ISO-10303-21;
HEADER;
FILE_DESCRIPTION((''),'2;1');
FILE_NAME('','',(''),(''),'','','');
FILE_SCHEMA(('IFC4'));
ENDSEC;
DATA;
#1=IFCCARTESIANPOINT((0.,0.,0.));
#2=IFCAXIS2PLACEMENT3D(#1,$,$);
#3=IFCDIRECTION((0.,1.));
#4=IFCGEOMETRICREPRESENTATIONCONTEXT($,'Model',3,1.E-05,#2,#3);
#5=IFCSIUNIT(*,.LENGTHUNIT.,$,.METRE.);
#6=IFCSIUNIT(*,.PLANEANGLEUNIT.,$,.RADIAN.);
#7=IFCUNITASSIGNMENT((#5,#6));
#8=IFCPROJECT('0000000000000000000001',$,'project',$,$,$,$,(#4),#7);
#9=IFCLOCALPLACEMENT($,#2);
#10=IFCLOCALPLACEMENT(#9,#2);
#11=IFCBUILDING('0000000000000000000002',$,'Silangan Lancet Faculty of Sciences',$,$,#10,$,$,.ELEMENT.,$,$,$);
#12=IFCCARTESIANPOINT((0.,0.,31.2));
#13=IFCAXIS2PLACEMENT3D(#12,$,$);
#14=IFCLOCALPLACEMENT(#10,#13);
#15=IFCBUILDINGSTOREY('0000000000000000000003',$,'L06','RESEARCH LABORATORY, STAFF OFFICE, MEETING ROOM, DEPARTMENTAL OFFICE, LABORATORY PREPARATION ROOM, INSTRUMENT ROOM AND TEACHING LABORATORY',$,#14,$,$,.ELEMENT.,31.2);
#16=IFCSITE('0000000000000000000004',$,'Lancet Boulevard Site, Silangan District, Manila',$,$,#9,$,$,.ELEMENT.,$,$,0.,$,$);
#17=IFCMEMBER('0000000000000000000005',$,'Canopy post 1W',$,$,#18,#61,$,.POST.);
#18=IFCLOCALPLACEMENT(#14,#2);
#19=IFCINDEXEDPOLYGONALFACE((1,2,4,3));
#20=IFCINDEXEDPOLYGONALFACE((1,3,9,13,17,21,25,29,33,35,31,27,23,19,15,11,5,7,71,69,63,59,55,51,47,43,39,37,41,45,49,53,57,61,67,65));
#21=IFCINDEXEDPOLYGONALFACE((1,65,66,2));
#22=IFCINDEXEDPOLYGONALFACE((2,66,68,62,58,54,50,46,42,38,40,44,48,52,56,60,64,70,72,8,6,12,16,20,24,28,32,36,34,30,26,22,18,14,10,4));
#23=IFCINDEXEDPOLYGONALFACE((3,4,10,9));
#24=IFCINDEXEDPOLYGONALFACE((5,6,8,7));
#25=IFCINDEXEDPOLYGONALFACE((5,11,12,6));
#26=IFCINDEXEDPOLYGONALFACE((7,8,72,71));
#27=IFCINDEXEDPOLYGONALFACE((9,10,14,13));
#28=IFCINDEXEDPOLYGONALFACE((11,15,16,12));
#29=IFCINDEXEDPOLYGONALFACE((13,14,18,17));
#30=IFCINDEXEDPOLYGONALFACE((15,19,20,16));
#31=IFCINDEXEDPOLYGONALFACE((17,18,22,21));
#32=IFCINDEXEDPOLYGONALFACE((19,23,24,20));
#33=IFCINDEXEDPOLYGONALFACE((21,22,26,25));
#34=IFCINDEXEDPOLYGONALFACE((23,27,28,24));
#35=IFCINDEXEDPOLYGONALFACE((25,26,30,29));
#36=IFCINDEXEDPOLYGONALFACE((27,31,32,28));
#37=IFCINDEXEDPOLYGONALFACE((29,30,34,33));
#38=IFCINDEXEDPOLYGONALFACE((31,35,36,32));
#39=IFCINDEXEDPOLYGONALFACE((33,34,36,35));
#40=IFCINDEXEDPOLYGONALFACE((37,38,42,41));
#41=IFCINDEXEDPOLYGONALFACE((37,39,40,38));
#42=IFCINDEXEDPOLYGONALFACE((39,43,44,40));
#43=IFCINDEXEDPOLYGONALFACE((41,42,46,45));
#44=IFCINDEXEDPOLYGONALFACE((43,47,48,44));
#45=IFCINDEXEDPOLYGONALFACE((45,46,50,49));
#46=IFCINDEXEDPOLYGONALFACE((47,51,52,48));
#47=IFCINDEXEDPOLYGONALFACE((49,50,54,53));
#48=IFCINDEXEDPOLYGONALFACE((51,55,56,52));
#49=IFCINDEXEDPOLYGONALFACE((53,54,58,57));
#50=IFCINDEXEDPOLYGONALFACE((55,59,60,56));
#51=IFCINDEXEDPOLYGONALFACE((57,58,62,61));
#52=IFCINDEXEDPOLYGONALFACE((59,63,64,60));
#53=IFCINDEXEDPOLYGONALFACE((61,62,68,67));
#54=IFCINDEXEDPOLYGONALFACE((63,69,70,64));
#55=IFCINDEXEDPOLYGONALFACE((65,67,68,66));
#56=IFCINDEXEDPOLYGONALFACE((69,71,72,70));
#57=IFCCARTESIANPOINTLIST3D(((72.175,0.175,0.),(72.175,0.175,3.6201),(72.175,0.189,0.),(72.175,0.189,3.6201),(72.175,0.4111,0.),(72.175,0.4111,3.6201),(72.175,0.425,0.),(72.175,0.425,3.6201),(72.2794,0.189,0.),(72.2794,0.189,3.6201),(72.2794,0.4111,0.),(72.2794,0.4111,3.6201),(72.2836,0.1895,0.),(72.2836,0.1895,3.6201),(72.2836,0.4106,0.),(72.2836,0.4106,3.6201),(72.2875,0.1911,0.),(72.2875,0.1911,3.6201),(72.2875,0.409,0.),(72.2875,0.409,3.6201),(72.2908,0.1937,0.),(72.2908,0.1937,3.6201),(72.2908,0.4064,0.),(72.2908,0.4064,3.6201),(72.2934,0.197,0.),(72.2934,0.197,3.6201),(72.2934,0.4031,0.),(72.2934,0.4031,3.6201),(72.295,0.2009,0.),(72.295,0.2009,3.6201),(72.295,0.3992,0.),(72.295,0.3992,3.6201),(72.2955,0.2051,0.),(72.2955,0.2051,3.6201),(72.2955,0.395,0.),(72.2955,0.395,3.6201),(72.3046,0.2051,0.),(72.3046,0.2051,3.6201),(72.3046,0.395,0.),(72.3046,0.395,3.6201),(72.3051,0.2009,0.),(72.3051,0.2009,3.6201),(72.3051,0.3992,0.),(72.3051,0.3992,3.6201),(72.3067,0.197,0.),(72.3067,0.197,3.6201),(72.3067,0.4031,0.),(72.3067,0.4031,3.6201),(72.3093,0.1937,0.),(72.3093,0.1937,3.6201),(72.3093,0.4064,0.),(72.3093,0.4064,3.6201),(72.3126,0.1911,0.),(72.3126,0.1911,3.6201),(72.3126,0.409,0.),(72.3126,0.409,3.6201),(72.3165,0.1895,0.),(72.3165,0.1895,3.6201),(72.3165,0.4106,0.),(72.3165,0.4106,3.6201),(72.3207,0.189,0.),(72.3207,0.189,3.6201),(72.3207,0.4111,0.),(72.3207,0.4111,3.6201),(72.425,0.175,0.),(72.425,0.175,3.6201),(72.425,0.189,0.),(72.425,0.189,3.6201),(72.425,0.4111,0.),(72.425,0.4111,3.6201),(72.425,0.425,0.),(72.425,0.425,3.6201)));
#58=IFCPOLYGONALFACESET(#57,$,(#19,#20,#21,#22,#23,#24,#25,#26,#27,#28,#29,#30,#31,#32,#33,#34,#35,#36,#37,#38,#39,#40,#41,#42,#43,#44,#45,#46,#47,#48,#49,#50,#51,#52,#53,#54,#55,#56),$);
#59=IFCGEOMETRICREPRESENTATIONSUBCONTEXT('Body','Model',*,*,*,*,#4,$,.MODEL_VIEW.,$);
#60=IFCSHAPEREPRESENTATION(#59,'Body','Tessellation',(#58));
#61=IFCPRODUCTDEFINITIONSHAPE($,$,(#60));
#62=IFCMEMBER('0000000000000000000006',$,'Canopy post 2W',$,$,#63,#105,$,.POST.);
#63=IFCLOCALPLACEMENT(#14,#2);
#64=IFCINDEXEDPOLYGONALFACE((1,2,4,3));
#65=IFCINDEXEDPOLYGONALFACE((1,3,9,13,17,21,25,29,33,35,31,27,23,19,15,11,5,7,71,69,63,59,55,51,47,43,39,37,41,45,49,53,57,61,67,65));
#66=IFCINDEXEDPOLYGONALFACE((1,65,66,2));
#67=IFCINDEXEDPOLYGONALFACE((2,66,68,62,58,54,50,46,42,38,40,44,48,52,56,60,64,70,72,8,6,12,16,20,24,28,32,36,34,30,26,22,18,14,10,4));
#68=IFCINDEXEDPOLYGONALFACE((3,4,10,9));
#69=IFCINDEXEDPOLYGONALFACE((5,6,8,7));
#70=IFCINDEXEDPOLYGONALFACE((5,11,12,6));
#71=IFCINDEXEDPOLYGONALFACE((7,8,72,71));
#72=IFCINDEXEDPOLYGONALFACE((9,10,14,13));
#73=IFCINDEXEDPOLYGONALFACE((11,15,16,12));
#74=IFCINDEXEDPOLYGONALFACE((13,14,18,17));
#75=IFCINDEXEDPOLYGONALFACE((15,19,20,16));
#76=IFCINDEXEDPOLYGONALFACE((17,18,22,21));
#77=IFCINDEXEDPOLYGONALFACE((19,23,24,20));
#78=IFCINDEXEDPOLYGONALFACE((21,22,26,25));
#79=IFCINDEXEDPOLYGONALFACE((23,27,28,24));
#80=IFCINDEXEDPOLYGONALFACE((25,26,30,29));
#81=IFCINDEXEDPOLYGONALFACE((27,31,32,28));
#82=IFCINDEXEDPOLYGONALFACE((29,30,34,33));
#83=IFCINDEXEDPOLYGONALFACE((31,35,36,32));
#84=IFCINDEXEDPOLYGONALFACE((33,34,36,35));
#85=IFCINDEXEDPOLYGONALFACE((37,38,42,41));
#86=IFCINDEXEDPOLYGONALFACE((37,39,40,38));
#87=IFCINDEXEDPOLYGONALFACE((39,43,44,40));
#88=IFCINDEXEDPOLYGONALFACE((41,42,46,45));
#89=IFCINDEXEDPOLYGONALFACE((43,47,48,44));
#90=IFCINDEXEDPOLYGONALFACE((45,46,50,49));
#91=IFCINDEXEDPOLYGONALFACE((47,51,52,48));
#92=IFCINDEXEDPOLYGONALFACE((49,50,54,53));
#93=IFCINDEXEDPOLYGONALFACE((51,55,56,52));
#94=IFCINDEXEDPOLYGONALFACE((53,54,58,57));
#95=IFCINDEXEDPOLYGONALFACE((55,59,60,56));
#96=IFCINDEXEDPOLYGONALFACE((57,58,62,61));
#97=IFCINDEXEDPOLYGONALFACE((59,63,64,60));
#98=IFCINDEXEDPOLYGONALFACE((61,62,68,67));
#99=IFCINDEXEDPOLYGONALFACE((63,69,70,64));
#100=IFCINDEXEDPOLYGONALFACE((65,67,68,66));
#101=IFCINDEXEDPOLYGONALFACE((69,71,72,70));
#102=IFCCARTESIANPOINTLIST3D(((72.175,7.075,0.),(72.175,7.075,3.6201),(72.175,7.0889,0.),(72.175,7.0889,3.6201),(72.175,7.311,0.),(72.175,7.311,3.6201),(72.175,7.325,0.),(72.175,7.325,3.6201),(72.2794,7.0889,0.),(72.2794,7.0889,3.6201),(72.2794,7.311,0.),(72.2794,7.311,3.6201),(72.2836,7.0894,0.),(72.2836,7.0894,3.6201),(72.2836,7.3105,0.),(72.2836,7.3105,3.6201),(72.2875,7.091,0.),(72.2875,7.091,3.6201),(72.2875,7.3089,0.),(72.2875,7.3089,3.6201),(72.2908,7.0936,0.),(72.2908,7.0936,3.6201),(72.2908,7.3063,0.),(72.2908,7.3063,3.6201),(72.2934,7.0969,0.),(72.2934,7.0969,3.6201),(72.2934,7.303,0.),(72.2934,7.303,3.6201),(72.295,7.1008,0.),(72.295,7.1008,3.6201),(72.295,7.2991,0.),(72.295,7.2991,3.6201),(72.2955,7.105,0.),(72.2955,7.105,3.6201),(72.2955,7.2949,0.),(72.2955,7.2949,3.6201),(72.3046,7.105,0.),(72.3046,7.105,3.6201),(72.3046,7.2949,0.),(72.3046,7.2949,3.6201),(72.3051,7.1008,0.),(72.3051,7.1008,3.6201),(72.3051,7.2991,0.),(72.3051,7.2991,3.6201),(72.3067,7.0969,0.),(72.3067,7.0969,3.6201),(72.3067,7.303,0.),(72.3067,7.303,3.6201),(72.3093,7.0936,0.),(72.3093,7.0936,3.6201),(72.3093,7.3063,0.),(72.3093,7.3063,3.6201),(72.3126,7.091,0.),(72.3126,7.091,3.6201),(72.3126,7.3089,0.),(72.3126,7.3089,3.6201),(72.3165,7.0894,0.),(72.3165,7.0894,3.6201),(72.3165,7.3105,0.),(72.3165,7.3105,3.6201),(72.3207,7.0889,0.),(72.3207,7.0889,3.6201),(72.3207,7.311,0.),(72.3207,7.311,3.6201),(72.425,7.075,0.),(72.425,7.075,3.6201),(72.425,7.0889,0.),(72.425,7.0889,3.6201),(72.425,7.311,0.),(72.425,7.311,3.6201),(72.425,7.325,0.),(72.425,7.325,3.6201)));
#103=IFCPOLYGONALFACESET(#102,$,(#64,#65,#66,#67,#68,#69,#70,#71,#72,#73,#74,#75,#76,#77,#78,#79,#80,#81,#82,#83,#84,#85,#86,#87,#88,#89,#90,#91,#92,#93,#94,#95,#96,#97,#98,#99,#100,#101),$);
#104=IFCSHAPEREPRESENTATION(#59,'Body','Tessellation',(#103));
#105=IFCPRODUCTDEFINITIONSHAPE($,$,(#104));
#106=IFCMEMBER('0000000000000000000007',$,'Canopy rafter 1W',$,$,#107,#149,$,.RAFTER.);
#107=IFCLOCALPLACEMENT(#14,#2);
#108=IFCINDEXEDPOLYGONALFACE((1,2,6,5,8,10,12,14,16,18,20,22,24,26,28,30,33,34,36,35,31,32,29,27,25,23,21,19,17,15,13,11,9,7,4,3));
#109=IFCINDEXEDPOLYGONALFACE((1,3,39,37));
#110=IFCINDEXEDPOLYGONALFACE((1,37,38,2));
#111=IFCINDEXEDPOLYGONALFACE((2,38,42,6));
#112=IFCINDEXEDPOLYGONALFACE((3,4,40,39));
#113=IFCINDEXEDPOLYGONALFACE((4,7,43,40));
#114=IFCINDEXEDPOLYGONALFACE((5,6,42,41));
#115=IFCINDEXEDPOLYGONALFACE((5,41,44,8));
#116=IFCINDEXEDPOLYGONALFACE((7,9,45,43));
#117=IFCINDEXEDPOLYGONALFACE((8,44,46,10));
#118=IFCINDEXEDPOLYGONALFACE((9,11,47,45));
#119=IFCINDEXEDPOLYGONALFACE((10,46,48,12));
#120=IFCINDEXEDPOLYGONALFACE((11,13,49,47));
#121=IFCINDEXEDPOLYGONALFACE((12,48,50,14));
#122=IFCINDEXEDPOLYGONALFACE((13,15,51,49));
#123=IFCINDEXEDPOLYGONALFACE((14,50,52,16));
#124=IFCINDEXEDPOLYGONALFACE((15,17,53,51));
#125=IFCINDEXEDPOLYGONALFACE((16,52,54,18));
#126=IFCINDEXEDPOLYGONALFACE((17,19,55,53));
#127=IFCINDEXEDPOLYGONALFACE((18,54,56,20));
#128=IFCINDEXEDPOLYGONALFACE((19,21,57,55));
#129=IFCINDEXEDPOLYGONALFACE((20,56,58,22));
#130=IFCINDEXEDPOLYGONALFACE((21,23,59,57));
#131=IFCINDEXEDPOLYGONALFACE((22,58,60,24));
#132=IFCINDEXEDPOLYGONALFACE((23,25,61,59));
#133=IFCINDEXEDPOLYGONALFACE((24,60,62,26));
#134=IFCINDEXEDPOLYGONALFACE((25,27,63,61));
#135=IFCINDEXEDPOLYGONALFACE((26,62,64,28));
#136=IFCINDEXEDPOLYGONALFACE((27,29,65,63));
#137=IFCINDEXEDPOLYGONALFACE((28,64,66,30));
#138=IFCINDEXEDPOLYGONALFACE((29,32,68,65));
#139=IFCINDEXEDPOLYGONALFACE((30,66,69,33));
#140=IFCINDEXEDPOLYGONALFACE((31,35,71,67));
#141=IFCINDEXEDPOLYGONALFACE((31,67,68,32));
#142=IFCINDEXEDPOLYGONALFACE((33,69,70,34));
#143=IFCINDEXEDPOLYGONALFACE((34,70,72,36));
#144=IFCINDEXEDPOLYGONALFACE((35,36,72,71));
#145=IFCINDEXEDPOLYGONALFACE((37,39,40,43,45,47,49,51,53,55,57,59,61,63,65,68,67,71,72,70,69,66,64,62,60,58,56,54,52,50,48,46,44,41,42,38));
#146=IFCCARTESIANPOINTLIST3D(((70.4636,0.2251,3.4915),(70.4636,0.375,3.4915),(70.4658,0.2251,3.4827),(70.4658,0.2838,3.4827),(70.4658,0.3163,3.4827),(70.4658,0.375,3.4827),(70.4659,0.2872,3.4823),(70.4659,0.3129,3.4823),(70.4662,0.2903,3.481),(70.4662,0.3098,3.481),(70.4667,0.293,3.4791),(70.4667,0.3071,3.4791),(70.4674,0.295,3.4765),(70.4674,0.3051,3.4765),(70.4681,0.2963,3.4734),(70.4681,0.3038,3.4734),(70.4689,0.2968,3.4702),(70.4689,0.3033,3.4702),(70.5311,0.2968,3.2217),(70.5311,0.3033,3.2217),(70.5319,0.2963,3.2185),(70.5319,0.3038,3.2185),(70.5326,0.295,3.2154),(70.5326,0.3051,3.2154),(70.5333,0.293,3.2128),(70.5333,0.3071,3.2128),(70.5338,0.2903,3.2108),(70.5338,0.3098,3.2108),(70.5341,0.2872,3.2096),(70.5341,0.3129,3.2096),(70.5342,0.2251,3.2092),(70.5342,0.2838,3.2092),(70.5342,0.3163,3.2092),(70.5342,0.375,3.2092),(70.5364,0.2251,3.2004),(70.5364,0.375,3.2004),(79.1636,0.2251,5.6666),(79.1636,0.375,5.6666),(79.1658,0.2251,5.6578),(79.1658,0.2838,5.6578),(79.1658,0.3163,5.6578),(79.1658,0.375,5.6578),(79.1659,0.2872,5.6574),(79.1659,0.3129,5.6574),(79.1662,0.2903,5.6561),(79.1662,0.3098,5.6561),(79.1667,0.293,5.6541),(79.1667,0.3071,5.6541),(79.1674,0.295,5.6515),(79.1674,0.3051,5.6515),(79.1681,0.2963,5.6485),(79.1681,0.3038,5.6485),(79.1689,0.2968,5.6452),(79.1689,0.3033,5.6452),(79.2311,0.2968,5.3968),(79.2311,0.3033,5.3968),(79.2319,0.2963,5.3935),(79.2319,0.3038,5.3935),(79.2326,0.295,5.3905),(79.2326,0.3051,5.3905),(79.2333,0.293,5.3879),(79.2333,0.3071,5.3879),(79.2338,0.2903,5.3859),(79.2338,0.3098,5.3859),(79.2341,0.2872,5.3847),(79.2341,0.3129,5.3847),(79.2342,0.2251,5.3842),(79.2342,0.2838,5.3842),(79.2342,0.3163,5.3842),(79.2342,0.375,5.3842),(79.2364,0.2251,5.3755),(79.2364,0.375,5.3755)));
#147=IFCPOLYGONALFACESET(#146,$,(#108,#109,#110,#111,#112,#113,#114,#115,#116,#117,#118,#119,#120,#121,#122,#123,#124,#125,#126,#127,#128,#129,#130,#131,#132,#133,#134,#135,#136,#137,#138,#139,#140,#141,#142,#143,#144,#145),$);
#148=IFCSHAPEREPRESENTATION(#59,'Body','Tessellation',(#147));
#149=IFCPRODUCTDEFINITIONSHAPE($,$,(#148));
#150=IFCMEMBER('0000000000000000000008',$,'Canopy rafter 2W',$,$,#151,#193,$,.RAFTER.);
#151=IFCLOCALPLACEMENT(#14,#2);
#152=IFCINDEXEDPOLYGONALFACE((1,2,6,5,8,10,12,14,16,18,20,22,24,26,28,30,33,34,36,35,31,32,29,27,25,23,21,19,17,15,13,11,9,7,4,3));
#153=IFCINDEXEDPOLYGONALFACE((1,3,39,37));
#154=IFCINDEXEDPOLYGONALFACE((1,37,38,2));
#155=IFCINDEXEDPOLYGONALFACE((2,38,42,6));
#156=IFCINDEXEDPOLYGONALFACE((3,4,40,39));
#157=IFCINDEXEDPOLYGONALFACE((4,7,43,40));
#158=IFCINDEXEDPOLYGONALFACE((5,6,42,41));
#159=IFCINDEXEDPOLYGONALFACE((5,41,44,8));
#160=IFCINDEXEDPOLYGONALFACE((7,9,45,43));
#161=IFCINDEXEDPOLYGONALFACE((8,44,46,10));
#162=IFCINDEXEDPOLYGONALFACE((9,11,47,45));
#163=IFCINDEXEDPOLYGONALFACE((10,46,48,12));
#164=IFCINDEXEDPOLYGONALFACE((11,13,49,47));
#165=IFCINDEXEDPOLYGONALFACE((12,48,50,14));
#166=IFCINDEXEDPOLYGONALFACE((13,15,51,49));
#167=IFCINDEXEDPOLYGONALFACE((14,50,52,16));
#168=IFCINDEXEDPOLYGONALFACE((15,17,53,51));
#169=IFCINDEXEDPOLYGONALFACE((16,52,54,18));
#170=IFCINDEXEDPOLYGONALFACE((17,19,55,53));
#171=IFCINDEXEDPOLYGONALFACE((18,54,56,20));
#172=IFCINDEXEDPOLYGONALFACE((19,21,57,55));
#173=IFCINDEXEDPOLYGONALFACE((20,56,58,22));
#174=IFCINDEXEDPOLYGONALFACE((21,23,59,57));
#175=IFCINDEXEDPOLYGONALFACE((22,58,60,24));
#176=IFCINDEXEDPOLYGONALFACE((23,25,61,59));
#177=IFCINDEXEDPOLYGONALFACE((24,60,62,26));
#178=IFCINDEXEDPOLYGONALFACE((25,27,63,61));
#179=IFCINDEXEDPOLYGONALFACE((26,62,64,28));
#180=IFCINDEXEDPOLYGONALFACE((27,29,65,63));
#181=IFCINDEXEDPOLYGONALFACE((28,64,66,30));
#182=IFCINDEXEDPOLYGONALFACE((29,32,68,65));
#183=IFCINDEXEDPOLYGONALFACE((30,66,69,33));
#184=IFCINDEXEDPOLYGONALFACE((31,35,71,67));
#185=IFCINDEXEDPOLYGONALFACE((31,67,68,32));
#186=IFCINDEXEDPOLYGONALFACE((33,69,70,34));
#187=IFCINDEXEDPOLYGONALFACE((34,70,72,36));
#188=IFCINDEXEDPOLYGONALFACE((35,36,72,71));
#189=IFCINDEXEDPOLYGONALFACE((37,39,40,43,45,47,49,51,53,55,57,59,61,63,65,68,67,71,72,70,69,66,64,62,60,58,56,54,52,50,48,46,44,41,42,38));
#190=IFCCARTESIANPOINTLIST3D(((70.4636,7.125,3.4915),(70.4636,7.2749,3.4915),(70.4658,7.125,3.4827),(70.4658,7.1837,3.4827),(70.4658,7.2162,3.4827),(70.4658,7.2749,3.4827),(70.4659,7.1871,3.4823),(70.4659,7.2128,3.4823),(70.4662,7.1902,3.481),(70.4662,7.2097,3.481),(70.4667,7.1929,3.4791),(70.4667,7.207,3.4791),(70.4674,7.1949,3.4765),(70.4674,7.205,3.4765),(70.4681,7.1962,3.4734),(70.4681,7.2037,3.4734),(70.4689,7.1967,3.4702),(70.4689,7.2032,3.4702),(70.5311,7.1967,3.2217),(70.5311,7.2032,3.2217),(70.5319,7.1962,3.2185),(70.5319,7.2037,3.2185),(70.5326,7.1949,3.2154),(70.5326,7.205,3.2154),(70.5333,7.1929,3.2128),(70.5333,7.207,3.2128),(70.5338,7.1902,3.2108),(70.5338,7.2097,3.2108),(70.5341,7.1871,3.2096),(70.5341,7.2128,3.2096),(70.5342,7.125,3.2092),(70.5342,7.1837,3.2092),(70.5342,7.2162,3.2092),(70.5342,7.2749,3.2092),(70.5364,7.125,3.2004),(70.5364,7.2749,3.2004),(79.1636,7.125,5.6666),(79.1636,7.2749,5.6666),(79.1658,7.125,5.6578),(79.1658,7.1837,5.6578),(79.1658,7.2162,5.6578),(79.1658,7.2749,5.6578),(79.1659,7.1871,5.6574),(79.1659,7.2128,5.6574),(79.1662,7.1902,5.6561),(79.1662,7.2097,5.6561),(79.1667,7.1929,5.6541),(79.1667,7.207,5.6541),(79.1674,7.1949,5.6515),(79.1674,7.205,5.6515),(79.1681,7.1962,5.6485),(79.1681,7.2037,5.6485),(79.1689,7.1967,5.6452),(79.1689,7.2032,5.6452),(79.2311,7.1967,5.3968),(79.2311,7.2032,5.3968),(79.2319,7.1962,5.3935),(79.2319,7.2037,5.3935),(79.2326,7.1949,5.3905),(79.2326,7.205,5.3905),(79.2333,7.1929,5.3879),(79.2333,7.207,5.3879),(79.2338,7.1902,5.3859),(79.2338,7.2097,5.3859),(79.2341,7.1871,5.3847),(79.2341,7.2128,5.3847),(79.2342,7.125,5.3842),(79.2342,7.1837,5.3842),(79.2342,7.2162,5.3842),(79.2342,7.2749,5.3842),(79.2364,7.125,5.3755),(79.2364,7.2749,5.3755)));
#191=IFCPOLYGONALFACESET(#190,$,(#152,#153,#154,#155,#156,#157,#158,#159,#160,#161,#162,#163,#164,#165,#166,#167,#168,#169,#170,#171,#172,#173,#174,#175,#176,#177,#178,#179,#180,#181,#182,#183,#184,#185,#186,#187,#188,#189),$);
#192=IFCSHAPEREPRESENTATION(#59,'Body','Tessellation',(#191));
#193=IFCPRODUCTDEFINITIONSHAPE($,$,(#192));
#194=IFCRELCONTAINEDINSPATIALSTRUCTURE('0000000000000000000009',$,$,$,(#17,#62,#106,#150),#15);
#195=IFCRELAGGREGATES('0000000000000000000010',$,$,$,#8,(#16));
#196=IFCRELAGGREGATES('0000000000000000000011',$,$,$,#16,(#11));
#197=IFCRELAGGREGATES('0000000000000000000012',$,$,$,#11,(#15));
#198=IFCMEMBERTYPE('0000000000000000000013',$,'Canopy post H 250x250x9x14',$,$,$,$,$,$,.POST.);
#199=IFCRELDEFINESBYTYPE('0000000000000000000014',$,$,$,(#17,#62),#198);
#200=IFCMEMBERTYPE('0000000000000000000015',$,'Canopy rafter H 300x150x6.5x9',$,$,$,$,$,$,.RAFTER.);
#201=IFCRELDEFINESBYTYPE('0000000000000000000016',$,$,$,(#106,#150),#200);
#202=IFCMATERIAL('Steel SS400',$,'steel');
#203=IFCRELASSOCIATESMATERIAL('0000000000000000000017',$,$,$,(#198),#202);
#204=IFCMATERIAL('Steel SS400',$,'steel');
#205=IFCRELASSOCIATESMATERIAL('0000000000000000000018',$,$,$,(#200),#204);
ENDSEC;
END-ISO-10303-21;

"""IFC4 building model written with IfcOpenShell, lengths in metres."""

from ifc_helpers import new_model, si_unit, direction, frame, origin, origin_2d, place, context, subcontext, project, spatial, i_section, extrude, material, material_profile, profile_set, type_object, element, save


model = new_model("IFC4")

# Units and contexts
model_context = context("Model", 3, precision=1e-05, world=origin(), true_north=direction((0.0, 1.0)))
body_context = subcontext(model_context, "Body", "Model", "MODEL_VIEW")
ifc_project = project(units=[si_unit("LENGTHUNIT", "METRE"), si_unit("PLANEANGLEUNIT", "RADIAN")], contexts=[model_context])

# Site, building, storey
site_placement = place(None, origin())
site = spatial("IfcSite", under=ifc_project, at=site_placement, Name="Lancet Boulevard Site, Silangan District, Manila", CompositionType="ELEMENT", RefElevation=0.0)
building_placement = place(site_placement, origin())
building = spatial("IfcBuilding", under=site, at=building_placement, Name="Silangan Lancet Faculty of Sciences", CompositionType="ELEMENT")
storey_placement = place(building_placement, frame((0.0, 0.0, 31.2)))
storey = spatial("IfcBuildingStorey", under=building, at=storey_placement, Name="L06", Description="RESEARCH LABORATORY, STAFF OFFICE, MEETING ROOM, DEPARTMENTAL OFFICE, LABORATORY PREPARATION ROOM, INSTRUMENT ROOM AND TEACHING LABORATORY", CompositionType="ELEMENT", Elevation=31.2)

# Members
ifc_material_1 = material(Name="Steel SS400", Category="steel")
ifc_material_profile_1 = material_profile(ifc_material_1, i_section(OverallWidth=0.25, OverallDepth=0.25, WebThickness=0.009, FlangeThickness=0.0139, FilletRadius=0.0161, at=origin_2d()), Name="H 250x250x9x14")
ifc_profile_set_1 = profile_set([ifc_material_profile_1], Name="Steel SS400")
member_type_1 = type_object("IfcMemberType", Name="Canopy post H 250x250x9x14", PredefinedType="POST", material=ifc_profile_set_1)
for number, where, z_axis, x_axis, name in (
    (1, (72.3, 0.3, 0.0), (0.0, 0.0, 1.0), (1.0, 0.0, 0.0), "Canopy post 1W"),
    (2, (72.3, 7.2, 0.0), (0.0, 0.0, 1.0), (1.0, 0.0, 0.0), "Canopy post 2W"),
):
    element("IfcMember", number, at=place(storey_placement, frame(where, z_axis=z_axis, x_axis=x_axis)), inside=storey, type_object=member_type_1, Name=name, PredefinedType="POST", context=body_context, shape_type="SweptSolid", body=[
        extrude(i_section(OverallWidth=0.25, OverallDepth=0.25, WebThickness=0.009, FlangeThickness=0.0139, FilletRadius=0.0161, at=origin_2d()), origin(), (0.0, 0.0, 1.0), 3.6201),
    ])
ifc_material_2 = material(Name="Steel SS400", Category="steel")
ifc_material_profile_2 = material_profile(ifc_material_2, i_section(OverallWidth=0.1499, OverallDepth=0.3, WebThickness=0.0066, FlangeThickness=0.009, FilletRadius=0.0129, at=origin_2d()), Name="H 300x150x6.5x9")
ifc_profile_set_2 = profile_set([ifc_material_profile_2], Name="Steel SS400")
member_type_2 = type_object("IfcMemberType", Name="Canopy rafter H 300x150x6.5x9", PredefinedType="RAFTER", material=ifc_profile_set_2)
for number, where, z_axis, x_axis, name in (
    (3, (70.5, 0.3, 3.3459), (0.970141, 0.0, 0.242542), (0.0, 1.0, 0.0), "Canopy rafter 1W"),
    (4, (70.5, 7.2, 3.3459), (0.970141, 0.0, 0.242542), (0.0, 1.0, 0.0), "Canopy rafter 2W"),
):
    element("IfcMember", number, at=place(storey_placement, frame(where, z_axis=z_axis, x_axis=x_axis)), inside=storey, type_object=member_type_2, Name=name, PredefinedType="RAFTER", context=body_context, shape_type="SweptSolid", body=[
        extrude(i_section(OverallWidth=0.1499, OverallDepth=0.3, WebThickness=0.0066, FlangeThickness=0.009, FilletRadius=0.0129, at=origin_2d()), origin(), (0.0, 0.0, 1.0), 8.9678),
    ])

save(model, "model.ifc")
